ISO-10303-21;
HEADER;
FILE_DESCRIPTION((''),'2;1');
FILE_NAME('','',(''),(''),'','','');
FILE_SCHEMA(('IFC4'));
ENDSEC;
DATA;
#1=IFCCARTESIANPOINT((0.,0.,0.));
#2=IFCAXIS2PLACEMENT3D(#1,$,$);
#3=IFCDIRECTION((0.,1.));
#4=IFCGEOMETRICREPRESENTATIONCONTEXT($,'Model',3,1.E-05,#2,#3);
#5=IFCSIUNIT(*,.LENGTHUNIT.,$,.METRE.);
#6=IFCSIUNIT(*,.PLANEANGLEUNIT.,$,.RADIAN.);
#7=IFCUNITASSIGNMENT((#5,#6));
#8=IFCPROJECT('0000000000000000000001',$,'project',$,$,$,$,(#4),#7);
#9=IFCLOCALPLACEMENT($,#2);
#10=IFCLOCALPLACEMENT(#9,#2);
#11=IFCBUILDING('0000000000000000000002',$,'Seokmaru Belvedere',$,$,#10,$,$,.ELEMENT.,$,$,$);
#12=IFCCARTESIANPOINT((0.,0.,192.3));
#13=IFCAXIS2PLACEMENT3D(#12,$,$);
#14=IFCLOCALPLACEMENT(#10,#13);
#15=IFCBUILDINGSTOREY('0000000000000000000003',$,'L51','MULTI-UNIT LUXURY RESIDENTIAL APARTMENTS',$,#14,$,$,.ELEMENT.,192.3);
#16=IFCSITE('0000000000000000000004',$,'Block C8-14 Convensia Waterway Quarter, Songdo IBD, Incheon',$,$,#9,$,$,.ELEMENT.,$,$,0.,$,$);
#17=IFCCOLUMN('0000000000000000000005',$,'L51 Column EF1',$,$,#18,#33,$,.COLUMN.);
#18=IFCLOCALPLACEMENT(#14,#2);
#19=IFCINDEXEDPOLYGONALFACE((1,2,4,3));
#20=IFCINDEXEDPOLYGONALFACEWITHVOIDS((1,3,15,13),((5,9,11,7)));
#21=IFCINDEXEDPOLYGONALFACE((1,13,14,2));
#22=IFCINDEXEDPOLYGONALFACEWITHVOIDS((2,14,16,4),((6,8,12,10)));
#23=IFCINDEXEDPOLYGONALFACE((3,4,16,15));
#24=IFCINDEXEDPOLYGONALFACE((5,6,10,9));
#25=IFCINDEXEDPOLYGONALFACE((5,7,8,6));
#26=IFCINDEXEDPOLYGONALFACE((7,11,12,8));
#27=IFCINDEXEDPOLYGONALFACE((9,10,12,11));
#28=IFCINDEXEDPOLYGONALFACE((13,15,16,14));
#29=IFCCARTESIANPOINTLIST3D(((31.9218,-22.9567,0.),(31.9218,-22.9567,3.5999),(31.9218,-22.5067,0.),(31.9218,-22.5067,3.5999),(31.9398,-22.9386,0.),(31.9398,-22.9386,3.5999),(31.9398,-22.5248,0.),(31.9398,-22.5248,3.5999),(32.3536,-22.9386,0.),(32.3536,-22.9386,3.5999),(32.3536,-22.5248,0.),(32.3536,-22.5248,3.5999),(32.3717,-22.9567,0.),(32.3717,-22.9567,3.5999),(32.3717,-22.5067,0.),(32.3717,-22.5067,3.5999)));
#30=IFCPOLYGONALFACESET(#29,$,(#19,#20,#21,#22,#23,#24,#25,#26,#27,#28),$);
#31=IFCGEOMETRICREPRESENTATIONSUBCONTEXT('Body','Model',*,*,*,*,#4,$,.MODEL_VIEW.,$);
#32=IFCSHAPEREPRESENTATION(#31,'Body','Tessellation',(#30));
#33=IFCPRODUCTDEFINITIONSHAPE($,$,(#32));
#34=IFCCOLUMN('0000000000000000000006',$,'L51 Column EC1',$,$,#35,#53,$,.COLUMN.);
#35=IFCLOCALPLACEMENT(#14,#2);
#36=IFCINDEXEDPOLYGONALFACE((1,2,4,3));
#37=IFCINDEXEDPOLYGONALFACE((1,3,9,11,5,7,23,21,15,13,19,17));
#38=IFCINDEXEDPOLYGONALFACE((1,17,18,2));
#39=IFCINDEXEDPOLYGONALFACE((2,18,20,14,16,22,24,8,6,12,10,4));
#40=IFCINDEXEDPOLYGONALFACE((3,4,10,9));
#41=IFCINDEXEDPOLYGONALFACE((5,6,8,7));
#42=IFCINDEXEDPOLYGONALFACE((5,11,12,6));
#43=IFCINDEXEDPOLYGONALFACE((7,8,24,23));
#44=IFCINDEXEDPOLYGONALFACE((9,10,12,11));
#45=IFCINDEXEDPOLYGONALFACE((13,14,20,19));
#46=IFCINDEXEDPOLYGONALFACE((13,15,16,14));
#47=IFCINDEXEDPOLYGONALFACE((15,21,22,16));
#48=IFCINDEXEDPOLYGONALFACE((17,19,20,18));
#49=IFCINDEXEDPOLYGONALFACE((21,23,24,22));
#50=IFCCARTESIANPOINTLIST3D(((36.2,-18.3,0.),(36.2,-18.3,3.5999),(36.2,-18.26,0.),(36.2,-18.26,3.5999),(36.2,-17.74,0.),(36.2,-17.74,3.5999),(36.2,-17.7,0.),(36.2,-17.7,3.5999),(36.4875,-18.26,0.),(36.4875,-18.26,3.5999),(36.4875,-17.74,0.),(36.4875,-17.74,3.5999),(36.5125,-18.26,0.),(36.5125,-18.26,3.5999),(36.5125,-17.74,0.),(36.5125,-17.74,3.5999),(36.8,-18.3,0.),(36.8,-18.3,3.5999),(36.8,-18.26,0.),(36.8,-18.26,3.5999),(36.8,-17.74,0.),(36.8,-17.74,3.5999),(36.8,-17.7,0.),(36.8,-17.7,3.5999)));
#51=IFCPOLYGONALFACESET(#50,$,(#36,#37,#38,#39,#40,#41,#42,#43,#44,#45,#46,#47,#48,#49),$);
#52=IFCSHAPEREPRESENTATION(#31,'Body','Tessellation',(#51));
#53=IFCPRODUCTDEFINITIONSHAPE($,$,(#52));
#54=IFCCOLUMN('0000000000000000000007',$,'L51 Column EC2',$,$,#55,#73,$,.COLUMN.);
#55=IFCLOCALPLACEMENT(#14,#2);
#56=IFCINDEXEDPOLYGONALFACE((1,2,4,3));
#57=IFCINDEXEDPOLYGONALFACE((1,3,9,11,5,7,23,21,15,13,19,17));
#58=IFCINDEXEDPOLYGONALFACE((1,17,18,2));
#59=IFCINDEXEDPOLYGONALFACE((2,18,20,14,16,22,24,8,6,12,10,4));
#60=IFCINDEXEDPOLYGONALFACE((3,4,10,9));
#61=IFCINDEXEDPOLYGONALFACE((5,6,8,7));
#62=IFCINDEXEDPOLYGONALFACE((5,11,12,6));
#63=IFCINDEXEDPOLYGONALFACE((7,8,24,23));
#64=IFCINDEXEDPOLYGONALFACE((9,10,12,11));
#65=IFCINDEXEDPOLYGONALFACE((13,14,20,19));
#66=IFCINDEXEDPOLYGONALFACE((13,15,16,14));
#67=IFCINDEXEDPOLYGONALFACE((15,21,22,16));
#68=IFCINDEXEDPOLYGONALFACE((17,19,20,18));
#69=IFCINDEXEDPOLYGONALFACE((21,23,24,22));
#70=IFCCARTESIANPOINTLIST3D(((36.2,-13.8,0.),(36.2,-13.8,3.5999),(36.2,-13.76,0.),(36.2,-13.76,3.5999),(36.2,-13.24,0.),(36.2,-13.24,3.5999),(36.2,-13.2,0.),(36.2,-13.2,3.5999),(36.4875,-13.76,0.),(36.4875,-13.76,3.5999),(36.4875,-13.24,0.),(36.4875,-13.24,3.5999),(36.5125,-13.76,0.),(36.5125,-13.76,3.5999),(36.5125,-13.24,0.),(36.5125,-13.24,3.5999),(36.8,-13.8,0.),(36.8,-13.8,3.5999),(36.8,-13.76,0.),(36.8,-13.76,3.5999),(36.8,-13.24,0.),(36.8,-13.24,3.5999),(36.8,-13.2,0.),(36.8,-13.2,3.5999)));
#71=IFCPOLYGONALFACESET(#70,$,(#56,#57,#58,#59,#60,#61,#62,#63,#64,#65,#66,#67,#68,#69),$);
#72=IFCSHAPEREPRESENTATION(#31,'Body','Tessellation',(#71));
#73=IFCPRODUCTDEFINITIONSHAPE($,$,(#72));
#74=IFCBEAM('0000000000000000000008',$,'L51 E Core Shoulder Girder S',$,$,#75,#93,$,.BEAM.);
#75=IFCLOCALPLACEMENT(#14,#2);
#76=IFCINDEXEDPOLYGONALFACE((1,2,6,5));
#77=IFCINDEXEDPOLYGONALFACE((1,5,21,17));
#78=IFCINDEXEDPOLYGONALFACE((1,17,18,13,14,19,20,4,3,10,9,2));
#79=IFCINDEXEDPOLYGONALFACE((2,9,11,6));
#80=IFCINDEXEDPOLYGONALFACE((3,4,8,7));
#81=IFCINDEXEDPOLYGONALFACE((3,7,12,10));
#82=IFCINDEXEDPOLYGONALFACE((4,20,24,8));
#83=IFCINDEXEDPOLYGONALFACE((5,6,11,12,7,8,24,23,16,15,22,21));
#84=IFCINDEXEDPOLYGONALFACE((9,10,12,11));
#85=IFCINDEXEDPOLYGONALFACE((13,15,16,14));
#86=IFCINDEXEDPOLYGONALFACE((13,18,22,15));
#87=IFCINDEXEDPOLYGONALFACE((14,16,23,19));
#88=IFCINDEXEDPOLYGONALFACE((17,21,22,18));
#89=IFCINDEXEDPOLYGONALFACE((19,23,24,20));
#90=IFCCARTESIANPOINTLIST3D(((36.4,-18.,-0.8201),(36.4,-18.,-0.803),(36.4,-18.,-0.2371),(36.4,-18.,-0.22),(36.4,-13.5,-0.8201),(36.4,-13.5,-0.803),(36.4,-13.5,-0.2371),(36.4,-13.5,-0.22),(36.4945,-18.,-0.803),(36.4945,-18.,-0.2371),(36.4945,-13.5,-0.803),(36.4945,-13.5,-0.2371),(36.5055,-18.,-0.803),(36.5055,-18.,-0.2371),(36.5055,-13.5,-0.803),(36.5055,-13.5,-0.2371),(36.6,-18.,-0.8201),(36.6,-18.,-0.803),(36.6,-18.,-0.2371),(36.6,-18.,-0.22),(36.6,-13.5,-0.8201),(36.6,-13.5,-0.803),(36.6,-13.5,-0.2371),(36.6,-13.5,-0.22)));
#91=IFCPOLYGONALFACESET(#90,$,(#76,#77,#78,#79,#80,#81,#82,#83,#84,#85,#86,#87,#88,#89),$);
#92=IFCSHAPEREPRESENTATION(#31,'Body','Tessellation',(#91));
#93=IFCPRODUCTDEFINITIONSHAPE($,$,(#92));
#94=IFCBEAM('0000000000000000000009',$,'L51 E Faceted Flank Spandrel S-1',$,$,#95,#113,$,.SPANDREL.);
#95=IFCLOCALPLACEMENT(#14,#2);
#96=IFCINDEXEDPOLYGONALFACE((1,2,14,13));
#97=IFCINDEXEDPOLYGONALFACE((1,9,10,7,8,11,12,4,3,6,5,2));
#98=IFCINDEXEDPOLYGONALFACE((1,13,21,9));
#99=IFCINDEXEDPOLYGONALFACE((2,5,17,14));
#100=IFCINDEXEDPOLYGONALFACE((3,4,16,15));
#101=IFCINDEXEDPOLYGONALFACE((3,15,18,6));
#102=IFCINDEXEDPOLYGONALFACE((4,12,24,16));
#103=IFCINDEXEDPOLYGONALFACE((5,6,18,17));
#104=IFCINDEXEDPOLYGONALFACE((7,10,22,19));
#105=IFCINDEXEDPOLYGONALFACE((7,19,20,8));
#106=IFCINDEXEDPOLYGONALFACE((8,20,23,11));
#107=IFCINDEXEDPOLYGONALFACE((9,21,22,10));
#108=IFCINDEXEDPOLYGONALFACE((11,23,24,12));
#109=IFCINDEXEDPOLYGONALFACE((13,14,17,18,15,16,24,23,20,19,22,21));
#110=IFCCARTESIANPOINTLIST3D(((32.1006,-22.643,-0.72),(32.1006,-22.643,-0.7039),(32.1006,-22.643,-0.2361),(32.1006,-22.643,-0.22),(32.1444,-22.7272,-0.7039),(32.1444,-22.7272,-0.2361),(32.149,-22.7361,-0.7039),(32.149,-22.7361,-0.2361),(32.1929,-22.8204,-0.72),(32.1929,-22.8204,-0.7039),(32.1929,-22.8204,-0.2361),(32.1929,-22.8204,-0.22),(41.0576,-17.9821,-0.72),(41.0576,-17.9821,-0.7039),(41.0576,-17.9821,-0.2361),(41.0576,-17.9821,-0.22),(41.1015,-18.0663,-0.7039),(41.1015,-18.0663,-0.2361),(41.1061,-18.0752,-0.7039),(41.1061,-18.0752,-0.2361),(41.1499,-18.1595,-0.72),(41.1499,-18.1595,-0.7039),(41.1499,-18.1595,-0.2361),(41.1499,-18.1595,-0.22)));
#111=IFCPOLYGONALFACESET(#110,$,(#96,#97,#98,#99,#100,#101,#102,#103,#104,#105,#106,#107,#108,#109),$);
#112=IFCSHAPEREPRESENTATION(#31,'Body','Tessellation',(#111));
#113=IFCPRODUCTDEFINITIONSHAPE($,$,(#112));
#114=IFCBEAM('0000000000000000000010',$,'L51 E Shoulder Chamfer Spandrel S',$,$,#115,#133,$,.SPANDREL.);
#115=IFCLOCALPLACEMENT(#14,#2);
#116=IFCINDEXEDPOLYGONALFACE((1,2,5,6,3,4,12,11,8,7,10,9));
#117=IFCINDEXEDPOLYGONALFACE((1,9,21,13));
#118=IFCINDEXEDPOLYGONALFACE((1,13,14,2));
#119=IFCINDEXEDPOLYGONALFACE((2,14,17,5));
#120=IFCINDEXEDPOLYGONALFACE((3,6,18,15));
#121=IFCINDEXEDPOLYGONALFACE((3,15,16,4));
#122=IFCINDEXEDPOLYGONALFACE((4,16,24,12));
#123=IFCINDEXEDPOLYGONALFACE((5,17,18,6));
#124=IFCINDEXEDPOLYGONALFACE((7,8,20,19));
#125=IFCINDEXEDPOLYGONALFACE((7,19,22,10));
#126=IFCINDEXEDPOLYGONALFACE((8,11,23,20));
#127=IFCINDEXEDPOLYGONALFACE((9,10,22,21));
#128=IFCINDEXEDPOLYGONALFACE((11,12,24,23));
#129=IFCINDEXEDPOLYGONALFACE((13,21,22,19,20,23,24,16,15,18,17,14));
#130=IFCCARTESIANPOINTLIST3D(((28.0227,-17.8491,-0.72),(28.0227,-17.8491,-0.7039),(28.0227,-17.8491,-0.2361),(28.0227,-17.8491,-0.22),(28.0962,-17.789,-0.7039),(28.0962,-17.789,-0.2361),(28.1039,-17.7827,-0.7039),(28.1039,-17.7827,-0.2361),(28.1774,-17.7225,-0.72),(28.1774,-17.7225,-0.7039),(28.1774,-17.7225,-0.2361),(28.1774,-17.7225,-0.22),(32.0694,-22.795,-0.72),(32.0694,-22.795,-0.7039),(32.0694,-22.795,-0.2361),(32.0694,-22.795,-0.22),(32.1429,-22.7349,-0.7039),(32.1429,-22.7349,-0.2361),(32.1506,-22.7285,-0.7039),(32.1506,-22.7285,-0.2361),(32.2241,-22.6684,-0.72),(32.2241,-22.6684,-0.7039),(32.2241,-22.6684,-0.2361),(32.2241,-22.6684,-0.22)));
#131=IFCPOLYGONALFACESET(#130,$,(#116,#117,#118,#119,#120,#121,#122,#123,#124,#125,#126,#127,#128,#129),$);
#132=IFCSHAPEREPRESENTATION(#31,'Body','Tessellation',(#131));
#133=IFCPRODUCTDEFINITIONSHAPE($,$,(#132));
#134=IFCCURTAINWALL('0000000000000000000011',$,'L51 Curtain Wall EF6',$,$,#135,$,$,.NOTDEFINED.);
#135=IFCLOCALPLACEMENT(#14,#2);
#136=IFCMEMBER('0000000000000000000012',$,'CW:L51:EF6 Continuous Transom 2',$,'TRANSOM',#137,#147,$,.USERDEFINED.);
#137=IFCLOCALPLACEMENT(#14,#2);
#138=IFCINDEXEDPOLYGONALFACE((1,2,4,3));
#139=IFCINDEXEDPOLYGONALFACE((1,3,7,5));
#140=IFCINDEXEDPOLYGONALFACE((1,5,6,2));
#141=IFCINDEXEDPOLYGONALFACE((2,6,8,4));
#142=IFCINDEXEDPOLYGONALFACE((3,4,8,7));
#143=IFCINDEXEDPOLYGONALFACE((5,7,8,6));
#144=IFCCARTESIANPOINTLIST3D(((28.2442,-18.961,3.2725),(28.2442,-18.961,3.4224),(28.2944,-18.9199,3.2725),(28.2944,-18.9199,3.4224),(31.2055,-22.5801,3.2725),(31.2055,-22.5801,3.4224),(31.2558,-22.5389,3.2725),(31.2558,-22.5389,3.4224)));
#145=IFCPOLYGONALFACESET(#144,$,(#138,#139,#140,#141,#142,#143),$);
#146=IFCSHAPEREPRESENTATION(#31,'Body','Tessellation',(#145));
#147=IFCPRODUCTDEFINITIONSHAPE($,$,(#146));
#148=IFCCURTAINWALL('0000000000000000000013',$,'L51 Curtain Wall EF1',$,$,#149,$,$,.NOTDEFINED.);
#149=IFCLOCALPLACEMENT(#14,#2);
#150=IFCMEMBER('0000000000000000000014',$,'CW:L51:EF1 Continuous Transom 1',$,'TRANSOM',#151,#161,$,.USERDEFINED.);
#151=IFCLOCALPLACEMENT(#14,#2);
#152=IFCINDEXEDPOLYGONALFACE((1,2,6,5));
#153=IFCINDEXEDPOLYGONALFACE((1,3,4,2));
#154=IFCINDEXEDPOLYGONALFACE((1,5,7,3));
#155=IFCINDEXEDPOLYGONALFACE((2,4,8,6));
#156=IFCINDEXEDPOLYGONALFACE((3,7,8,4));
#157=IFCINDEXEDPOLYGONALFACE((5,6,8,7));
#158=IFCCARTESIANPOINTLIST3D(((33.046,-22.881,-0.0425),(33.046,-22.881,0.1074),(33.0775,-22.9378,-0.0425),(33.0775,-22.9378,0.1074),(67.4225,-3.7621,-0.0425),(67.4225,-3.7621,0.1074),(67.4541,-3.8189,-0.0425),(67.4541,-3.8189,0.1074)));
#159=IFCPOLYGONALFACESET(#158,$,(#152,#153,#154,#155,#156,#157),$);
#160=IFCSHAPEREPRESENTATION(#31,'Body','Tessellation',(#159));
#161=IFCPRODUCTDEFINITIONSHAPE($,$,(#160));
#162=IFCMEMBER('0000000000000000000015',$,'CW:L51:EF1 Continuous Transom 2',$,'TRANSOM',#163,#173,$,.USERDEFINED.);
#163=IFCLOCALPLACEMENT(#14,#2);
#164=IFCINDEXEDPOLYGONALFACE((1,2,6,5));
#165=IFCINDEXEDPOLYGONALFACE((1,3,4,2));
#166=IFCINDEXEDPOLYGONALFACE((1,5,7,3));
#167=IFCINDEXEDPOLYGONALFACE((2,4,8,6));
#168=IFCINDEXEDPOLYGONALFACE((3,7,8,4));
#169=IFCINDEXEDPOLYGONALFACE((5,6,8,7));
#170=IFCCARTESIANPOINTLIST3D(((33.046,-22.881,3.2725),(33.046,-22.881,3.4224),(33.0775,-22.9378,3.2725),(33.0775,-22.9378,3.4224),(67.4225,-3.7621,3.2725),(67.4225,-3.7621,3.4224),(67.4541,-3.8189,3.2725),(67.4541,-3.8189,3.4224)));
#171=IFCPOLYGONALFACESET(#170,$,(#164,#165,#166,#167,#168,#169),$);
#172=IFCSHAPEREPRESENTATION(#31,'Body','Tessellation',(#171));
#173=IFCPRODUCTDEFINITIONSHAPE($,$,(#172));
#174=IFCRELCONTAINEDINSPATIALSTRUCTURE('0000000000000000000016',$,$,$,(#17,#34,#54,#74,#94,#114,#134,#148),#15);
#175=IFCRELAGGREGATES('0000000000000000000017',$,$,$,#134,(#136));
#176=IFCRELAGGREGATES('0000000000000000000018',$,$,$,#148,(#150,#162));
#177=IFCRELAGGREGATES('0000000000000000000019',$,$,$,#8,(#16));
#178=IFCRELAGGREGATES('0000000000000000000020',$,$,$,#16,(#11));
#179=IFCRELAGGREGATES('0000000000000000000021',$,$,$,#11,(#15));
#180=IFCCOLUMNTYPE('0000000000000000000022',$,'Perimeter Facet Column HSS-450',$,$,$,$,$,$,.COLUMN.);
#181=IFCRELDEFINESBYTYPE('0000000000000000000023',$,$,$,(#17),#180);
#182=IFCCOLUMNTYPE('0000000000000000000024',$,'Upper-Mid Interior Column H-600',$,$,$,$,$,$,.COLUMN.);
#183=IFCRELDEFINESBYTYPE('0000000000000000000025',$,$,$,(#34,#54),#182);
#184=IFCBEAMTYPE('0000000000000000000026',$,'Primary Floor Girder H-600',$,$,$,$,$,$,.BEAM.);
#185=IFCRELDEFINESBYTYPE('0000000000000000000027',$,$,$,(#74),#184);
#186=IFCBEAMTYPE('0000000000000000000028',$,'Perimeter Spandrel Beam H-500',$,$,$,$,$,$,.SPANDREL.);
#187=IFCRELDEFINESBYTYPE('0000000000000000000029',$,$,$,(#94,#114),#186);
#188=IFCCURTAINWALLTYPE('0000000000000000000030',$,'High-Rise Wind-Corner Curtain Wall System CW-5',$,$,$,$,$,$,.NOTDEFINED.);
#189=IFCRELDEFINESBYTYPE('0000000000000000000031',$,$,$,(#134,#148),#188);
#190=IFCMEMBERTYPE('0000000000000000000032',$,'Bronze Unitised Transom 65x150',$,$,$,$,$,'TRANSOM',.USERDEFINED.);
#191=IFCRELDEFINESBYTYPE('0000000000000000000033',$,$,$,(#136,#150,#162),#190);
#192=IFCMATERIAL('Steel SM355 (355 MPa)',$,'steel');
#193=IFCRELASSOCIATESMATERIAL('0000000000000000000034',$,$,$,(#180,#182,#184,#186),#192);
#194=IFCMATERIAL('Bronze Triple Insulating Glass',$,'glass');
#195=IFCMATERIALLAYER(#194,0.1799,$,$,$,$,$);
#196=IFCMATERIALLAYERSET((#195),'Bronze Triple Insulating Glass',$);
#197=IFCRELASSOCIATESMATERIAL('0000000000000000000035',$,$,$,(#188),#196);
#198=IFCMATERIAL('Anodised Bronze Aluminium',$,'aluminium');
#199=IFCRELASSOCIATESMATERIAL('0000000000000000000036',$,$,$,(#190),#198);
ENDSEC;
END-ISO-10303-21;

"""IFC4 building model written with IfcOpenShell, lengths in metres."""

from ifc_helpers import new_model, si_unit, direction, frame, origin, origin_2d, place, context, subcontext, project, spatial, rectangle, hollow_rectangle, i_section, extrude, source, transform, mapped, material, layer, layer_set, material_profile, profile_set, type_object, type_shapes, element, aggregate, save


model = new_model("IFC4")

# Units and contexts
model_context = context("Model", 3, precision=1e-05, world=origin(), true_north=direction((0.0, 1.0)))
body_context = subcontext(model_context, "Body", "Model", "MODEL_VIEW")
ifc_project = project(units=[si_unit("LENGTHUNIT", "METRE"), si_unit("PLANEANGLEUNIT", "RADIAN")], contexts=[model_context])

# Site, building, storey
site_placement = place(None, origin())
site = spatial("IfcSite", under=ifc_project, at=site_placement, Name="Block C8-14 Convensia Waterway Quarter, Songdo IBD, Incheon", CompositionType="ELEMENT", RefElevation=0.0)
building_placement = place(site_placement, origin())
building = spatial("IfcBuilding", under=site, at=building_placement, Name="Seokmaru Belvedere", CompositionType="ELEMENT")
storey_placement = place(building_placement, frame((0.0, 0.0, 192.3)))
storey = spatial("IfcBuildingStorey", under=building, at=storey_placement, Name="L51", Description="MULTI-UNIT LUXURY RESIDENTIAL APARTMENTS", CompositionType="ELEMENT", Elevation=192.3)

# Columns
ifc_material_1 = material(Name="Steel SM355 (355 MPa)", Category="steel")
ifc_material_profile_1 = material_profile(ifc_material_1, hollow_rectangle(XDim=0.45, YDim=0.45, WallThickness=0.0181, at=origin_2d()), Name="HSS-450x450x18")
ifc_profile_set_1 = profile_set([ifc_material_profile_1], Name="Steel SM355 (355 MPa)")
column_type_1 = type_object("IfcColumnType", Name="Perimeter Facet Column HSS-450", PredefinedType="COLUMN", material=ifc_profile_set_1)
shared_shape_1 = source(origin(), body_context, "Body", "SweptSolid", [
    extrude(hollow_rectangle(XDim=0.45, YDim=0.45, WallThickness=0.0181, at=origin_2d()), origin(), (0.0, 0.0, 1.0), 3.5999),
])
type_shapes(column_type_1, [shared_shape_1])
column_placement = place(storey_placement, frame((32.1467, -22.7317, 0.0), z_axis=(0.0, 0.0, 1.0), x_axis=(1.0, 0.0, 0.0)))
element("IfcColumn", 1, at=column_placement, inside=storey, type_object=column_type_1, Name="L51 Column EF1", PredefinedType="COLUMN", context=body_context, shape_type="MappedRepresentation", body=[
    mapped(shared_shape_1, transform((0.0, 0.0, 0.0), scale=1.0)),
])
ifc_material_profile_2 = material_profile(ifc_material_1, i_section(OverallWidth=0.6001, OverallDepth=0.6001, WebThickness=0.0249, FlangeThickness=0.04, at=origin_2d()), Name="H-600x600x25x40")
ifc_profile_set_2 = profile_set([ifc_material_profile_2], Name="Steel SM355 (355 MPa)")
column_type_2 = type_object("IfcColumnType", Name="Upper-Mid Interior Column H-600", PredefinedType="COLUMN", material=ifc_profile_set_2)
shared_shape_2 = source(origin(), body_context, "Body", "SweptSolid", [
    extrude(i_section(OverallWidth=0.6001, OverallDepth=0.6001, WebThickness=0.0249, FlangeThickness=0.04, at=origin_2d()), origin(), (0.0, 0.0, 1.0), 3.5999),
])
type_shapes(column_type_2, [shared_shape_2])
for number, where, z_axis, x_axis, name in (
    (2, (36.5, -18.0, 0.0), (0.0, 0.0, 1.0), (1.0, 0.0, 0.0), "L51 Column EC1"),
    (3, (36.5, -13.5, 0.0), (0.0, 0.0, 1.0), (1.0, 0.0, 0.0), "L51 Column EC2"),
):
    element("IfcColumn", number, at=place(storey_placement, frame(where, z_axis=z_axis, x_axis=x_axis)), inside=storey, type_object=column_type_2, Name=name, PredefinedType="COLUMN", context=body_context, shape_type="MappedRepresentation", body=[
        mapped(shared_shape_2, transform((0.0, 0.0, 0.0), scale=1.0)),
    ])

# Beams
ifc_material_profile_3 = material_profile(ifc_material_1, i_section(OverallWidth=0.2, OverallDepth=0.6001, WebThickness=0.011, FlangeThickness=0.0171, at=origin_2d()), Name="H-600x200x11x17")
ifc_profile_set_3 = profile_set([ifc_material_profile_3], Name="Steel SM355 (355 MPa)")
beam_type_1 = type_object("IfcBeamType", Name="Primary Floor Girder H-600", PredefinedType="BEAM", material=ifc_profile_set_3)
shared_shape_3 = source(origin(), body_context, "Body", "SweptSolid", [
    extrude(i_section(OverallWidth=0.2, OverallDepth=0.6001, WebThickness=0.011, FlangeThickness=0.0171, at=origin_2d()), origin(), (0.0, 0.0, 1.0), 4.5),
])
type_shapes(beam_type_1, [shared_shape_3])
beam_1_placement = place(storey_placement, frame((36.5, -18.0, -0.52), z_axis=(0.0, 1.0, 0.0), x_axis=(-1.0, 0.0, 0.0)))
element("IfcBeam", 4, at=beam_1_placement, inside=storey, type_object=beam_type_1, Name="L51 E Core Shoulder Girder S", PredefinedType="BEAM", context=body_context, shape_type="MappedRepresentation", body=[
    mapped(shared_shape_3, transform((0.0, 0.0, 0.0), scale=1.0)),
])
ifc_material_profile_4 = material_profile(ifc_material_1, i_section(OverallWidth=0.2, OverallDepth=0.5, WebThickness=0.01, FlangeThickness=0.0161, at=origin_2d()), Name="H-500x200x10x16")
ifc_profile_set_4 = profile_set([ifc_material_profile_4], Name="Steel SM355 (355 MPa)")
beam_type_2 = type_object("IfcBeamType", Name="Perimeter Spandrel Beam H-500", PredefinedType="SPANDREL", material=ifc_profile_set_4)
shared_shape_4 = source(origin(), body_context, "Body", "SweptSolid", [
    extrude(i_section(OverallWidth=0.2, OverallDepth=0.5, WebThickness=0.01, FlangeThickness=0.0161, at=origin_2d()), origin(), (0.0, 0.0, 1.0), 10.0972),
])
beam_2_placement = place(storey_placement, frame((32.1467, -22.7317, -0.47), z_axis=(0.887086, 0.461605, 0.0), x_axis=(-0.461605, 0.887086, 0.0)))
element("IfcBeam", 5, at=beam_2_placement, inside=storey, type_object=beam_type_2, Name="L51 E Faceted Flank Spandrel S-1", PredefinedType="SPANDREL", context=body_context, shape_type="MappedRepresentation", body=[
    mapped(shared_shape_4, transform((0.0, 0.0, 0.0), scale=1.0)),
])
shared_shape_5 = source(origin(), body_context, "Body", "SweptSolid", [
    extrude(i_section(OverallWidth=0.2, OverallDepth=0.5, WebThickness=0.01, FlangeThickness=0.0161, at=origin_2d()), origin(), (0.0, 0.0, 1.0), 6.3904),
])
type_shapes(beam_type_2, [shared_shape_4, shared_shape_5])
beam_3_placement = place(storey_placement, frame((32.1467, -22.7317, -0.47), z_axis=(-0.633244, 0.773952, 0.0), x_axis=(-0.773952, -0.633244, 0.0)))
element("IfcBeam", 6, at=beam_3_placement, inside=storey, type_object=beam_type_2, Name="L51 E Shoulder Chamfer Spandrel S", PredefinedType="SPANDREL", context=body_context, shape_type="MappedRepresentation", body=[
    mapped(shared_shape_5, transform((0.0, 0.0, 0.0), scale=1.0)),
])

# Curtain wall, member
ifc_material_2 = material(Name="Bronze Triple Insulating Glass", Category="glass")
ifc_layer_1 = layer(ifc_material_2, 0.1799)
ifc_layer_set_1 = layer_set([ifc_layer_1], Name="Bronze Triple Insulating Glass")
curtain_wall_type = type_object("IfcCurtainWallType", Name="High-Rise Wind-Corner Curtain Wall System CW-5", PredefinedType="NOTDEFINED", material=ifc_layer_set_1)
curtain_wall_1_placement = place(storey_placement, origin())
curtain_wall_1 = element("IfcCurtainWall", 7, at=curtain_wall_1_placement, inside=storey, type_object=curtain_wall_type, Name="L51 Curtain Wall EF6", PredefinedType="NOTDEFINED")
ifc_material_3 = material(Name="Anodised Bronze Aluminium", Category="aluminium")
ifc_material_profile_5 = material_profile(ifc_material_3, rectangle(XDim=0.0649, YDim=0.1499, at=origin_2d()), Name="CW-T-65x150")
ifc_profile_set_5 = profile_set([ifc_material_profile_5], Name="Anodised Bronze Aluminium")
member_type_1 = type_object("IfcMemberType", Name="Bronze Unitised Transom 65x150", ElementType="TRANSOM", PredefinedType="USERDEFINED", material=ifc_profile_set_5)
shared_shape_6 = source(origin(), body_context, "Body", "SweptSolid", [
    extrude(rectangle(XDim=0.0649, YDim=0.1499, at=origin_2d()), origin(), (0.0, 0.0, 1.0), 4.6763),
])
member_1_placement = place(storey_placement, frame((28.2693, -18.9404, 3.3474), z_axis=(0.633278, -0.773925, 0.0), x_axis=(0.773925, 0.633278, 0.0)))
member_1 = element("IfcMember", 8, at=member_1_placement, type_object=member_type_1, Name="CW:L51:EF6 Continuous Transom 2", ObjectType="TRANSOM", PredefinedType="USERDEFINED", context=body_context, shape_type="MappedRepresentation", body=[
    mapped(shared_shape_6, transform((0.0, 0.0, 0.0), scale=1.0)),
])

# Curtain wall, members
curtain_wall_2_placement = place(storey_placement, origin())
curtain_wall_2 = element("IfcCurtainWall", 9, at=curtain_wall_2_placement, inside=storey, type_object=curtain_wall_type, Name="L51 Curtain Wall EF1", PredefinedType="NOTDEFINED")
shared_shape_7 = source(origin(), body_context, "Body", "SweptSolid", [
    extrude(rectangle(XDim=0.0649, YDim=0.1499, at=origin_2d()), origin(), (0.0, 0.0, 1.0), 39.3354),
])
type_shapes(member_type_1, [shared_shape_6, shared_shape_7])
member_2_placement = place(storey_placement, frame((33.0618, -22.9094, 0.0325), z_axis=(0.873932, 0.486048, 0.0), x_axis=(-0.486048, 0.873932, 0.0)))
member_2 = element("IfcMember", 10, at=member_2_placement, type_object=member_type_1, Name="CW:L51:EF1 Continuous Transom 1", ObjectType="TRANSOM", PredefinedType="USERDEFINED", context=body_context, shape_type="MappedRepresentation", body=[
    mapped(shared_shape_7, transform((0.0, 0.0, 0.0), scale=1.0)),
])
member_3_placement = place(storey_placement, frame((33.0618, -22.9094, 3.3474), z_axis=(0.873932, 0.486048, 0.0), x_axis=(-0.486048, 0.873932, 0.0)))
member_3 = element("IfcMember", 11, at=member_3_placement, type_object=member_type_1, Name="CW:L51:EF1 Continuous Transom 2", ObjectType="TRANSOM", PredefinedType="USERDEFINED", context=body_context, shape_type="MappedRepresentation", body=[
    mapped(shared_shape_7, transform((0.0, 0.0, 0.0), scale=1.0)),
])

aggregate(curtain_wall_1, [member_1])
aggregate(curtain_wall_2, [member_2, member_3])

save(model, "model.ifc")
